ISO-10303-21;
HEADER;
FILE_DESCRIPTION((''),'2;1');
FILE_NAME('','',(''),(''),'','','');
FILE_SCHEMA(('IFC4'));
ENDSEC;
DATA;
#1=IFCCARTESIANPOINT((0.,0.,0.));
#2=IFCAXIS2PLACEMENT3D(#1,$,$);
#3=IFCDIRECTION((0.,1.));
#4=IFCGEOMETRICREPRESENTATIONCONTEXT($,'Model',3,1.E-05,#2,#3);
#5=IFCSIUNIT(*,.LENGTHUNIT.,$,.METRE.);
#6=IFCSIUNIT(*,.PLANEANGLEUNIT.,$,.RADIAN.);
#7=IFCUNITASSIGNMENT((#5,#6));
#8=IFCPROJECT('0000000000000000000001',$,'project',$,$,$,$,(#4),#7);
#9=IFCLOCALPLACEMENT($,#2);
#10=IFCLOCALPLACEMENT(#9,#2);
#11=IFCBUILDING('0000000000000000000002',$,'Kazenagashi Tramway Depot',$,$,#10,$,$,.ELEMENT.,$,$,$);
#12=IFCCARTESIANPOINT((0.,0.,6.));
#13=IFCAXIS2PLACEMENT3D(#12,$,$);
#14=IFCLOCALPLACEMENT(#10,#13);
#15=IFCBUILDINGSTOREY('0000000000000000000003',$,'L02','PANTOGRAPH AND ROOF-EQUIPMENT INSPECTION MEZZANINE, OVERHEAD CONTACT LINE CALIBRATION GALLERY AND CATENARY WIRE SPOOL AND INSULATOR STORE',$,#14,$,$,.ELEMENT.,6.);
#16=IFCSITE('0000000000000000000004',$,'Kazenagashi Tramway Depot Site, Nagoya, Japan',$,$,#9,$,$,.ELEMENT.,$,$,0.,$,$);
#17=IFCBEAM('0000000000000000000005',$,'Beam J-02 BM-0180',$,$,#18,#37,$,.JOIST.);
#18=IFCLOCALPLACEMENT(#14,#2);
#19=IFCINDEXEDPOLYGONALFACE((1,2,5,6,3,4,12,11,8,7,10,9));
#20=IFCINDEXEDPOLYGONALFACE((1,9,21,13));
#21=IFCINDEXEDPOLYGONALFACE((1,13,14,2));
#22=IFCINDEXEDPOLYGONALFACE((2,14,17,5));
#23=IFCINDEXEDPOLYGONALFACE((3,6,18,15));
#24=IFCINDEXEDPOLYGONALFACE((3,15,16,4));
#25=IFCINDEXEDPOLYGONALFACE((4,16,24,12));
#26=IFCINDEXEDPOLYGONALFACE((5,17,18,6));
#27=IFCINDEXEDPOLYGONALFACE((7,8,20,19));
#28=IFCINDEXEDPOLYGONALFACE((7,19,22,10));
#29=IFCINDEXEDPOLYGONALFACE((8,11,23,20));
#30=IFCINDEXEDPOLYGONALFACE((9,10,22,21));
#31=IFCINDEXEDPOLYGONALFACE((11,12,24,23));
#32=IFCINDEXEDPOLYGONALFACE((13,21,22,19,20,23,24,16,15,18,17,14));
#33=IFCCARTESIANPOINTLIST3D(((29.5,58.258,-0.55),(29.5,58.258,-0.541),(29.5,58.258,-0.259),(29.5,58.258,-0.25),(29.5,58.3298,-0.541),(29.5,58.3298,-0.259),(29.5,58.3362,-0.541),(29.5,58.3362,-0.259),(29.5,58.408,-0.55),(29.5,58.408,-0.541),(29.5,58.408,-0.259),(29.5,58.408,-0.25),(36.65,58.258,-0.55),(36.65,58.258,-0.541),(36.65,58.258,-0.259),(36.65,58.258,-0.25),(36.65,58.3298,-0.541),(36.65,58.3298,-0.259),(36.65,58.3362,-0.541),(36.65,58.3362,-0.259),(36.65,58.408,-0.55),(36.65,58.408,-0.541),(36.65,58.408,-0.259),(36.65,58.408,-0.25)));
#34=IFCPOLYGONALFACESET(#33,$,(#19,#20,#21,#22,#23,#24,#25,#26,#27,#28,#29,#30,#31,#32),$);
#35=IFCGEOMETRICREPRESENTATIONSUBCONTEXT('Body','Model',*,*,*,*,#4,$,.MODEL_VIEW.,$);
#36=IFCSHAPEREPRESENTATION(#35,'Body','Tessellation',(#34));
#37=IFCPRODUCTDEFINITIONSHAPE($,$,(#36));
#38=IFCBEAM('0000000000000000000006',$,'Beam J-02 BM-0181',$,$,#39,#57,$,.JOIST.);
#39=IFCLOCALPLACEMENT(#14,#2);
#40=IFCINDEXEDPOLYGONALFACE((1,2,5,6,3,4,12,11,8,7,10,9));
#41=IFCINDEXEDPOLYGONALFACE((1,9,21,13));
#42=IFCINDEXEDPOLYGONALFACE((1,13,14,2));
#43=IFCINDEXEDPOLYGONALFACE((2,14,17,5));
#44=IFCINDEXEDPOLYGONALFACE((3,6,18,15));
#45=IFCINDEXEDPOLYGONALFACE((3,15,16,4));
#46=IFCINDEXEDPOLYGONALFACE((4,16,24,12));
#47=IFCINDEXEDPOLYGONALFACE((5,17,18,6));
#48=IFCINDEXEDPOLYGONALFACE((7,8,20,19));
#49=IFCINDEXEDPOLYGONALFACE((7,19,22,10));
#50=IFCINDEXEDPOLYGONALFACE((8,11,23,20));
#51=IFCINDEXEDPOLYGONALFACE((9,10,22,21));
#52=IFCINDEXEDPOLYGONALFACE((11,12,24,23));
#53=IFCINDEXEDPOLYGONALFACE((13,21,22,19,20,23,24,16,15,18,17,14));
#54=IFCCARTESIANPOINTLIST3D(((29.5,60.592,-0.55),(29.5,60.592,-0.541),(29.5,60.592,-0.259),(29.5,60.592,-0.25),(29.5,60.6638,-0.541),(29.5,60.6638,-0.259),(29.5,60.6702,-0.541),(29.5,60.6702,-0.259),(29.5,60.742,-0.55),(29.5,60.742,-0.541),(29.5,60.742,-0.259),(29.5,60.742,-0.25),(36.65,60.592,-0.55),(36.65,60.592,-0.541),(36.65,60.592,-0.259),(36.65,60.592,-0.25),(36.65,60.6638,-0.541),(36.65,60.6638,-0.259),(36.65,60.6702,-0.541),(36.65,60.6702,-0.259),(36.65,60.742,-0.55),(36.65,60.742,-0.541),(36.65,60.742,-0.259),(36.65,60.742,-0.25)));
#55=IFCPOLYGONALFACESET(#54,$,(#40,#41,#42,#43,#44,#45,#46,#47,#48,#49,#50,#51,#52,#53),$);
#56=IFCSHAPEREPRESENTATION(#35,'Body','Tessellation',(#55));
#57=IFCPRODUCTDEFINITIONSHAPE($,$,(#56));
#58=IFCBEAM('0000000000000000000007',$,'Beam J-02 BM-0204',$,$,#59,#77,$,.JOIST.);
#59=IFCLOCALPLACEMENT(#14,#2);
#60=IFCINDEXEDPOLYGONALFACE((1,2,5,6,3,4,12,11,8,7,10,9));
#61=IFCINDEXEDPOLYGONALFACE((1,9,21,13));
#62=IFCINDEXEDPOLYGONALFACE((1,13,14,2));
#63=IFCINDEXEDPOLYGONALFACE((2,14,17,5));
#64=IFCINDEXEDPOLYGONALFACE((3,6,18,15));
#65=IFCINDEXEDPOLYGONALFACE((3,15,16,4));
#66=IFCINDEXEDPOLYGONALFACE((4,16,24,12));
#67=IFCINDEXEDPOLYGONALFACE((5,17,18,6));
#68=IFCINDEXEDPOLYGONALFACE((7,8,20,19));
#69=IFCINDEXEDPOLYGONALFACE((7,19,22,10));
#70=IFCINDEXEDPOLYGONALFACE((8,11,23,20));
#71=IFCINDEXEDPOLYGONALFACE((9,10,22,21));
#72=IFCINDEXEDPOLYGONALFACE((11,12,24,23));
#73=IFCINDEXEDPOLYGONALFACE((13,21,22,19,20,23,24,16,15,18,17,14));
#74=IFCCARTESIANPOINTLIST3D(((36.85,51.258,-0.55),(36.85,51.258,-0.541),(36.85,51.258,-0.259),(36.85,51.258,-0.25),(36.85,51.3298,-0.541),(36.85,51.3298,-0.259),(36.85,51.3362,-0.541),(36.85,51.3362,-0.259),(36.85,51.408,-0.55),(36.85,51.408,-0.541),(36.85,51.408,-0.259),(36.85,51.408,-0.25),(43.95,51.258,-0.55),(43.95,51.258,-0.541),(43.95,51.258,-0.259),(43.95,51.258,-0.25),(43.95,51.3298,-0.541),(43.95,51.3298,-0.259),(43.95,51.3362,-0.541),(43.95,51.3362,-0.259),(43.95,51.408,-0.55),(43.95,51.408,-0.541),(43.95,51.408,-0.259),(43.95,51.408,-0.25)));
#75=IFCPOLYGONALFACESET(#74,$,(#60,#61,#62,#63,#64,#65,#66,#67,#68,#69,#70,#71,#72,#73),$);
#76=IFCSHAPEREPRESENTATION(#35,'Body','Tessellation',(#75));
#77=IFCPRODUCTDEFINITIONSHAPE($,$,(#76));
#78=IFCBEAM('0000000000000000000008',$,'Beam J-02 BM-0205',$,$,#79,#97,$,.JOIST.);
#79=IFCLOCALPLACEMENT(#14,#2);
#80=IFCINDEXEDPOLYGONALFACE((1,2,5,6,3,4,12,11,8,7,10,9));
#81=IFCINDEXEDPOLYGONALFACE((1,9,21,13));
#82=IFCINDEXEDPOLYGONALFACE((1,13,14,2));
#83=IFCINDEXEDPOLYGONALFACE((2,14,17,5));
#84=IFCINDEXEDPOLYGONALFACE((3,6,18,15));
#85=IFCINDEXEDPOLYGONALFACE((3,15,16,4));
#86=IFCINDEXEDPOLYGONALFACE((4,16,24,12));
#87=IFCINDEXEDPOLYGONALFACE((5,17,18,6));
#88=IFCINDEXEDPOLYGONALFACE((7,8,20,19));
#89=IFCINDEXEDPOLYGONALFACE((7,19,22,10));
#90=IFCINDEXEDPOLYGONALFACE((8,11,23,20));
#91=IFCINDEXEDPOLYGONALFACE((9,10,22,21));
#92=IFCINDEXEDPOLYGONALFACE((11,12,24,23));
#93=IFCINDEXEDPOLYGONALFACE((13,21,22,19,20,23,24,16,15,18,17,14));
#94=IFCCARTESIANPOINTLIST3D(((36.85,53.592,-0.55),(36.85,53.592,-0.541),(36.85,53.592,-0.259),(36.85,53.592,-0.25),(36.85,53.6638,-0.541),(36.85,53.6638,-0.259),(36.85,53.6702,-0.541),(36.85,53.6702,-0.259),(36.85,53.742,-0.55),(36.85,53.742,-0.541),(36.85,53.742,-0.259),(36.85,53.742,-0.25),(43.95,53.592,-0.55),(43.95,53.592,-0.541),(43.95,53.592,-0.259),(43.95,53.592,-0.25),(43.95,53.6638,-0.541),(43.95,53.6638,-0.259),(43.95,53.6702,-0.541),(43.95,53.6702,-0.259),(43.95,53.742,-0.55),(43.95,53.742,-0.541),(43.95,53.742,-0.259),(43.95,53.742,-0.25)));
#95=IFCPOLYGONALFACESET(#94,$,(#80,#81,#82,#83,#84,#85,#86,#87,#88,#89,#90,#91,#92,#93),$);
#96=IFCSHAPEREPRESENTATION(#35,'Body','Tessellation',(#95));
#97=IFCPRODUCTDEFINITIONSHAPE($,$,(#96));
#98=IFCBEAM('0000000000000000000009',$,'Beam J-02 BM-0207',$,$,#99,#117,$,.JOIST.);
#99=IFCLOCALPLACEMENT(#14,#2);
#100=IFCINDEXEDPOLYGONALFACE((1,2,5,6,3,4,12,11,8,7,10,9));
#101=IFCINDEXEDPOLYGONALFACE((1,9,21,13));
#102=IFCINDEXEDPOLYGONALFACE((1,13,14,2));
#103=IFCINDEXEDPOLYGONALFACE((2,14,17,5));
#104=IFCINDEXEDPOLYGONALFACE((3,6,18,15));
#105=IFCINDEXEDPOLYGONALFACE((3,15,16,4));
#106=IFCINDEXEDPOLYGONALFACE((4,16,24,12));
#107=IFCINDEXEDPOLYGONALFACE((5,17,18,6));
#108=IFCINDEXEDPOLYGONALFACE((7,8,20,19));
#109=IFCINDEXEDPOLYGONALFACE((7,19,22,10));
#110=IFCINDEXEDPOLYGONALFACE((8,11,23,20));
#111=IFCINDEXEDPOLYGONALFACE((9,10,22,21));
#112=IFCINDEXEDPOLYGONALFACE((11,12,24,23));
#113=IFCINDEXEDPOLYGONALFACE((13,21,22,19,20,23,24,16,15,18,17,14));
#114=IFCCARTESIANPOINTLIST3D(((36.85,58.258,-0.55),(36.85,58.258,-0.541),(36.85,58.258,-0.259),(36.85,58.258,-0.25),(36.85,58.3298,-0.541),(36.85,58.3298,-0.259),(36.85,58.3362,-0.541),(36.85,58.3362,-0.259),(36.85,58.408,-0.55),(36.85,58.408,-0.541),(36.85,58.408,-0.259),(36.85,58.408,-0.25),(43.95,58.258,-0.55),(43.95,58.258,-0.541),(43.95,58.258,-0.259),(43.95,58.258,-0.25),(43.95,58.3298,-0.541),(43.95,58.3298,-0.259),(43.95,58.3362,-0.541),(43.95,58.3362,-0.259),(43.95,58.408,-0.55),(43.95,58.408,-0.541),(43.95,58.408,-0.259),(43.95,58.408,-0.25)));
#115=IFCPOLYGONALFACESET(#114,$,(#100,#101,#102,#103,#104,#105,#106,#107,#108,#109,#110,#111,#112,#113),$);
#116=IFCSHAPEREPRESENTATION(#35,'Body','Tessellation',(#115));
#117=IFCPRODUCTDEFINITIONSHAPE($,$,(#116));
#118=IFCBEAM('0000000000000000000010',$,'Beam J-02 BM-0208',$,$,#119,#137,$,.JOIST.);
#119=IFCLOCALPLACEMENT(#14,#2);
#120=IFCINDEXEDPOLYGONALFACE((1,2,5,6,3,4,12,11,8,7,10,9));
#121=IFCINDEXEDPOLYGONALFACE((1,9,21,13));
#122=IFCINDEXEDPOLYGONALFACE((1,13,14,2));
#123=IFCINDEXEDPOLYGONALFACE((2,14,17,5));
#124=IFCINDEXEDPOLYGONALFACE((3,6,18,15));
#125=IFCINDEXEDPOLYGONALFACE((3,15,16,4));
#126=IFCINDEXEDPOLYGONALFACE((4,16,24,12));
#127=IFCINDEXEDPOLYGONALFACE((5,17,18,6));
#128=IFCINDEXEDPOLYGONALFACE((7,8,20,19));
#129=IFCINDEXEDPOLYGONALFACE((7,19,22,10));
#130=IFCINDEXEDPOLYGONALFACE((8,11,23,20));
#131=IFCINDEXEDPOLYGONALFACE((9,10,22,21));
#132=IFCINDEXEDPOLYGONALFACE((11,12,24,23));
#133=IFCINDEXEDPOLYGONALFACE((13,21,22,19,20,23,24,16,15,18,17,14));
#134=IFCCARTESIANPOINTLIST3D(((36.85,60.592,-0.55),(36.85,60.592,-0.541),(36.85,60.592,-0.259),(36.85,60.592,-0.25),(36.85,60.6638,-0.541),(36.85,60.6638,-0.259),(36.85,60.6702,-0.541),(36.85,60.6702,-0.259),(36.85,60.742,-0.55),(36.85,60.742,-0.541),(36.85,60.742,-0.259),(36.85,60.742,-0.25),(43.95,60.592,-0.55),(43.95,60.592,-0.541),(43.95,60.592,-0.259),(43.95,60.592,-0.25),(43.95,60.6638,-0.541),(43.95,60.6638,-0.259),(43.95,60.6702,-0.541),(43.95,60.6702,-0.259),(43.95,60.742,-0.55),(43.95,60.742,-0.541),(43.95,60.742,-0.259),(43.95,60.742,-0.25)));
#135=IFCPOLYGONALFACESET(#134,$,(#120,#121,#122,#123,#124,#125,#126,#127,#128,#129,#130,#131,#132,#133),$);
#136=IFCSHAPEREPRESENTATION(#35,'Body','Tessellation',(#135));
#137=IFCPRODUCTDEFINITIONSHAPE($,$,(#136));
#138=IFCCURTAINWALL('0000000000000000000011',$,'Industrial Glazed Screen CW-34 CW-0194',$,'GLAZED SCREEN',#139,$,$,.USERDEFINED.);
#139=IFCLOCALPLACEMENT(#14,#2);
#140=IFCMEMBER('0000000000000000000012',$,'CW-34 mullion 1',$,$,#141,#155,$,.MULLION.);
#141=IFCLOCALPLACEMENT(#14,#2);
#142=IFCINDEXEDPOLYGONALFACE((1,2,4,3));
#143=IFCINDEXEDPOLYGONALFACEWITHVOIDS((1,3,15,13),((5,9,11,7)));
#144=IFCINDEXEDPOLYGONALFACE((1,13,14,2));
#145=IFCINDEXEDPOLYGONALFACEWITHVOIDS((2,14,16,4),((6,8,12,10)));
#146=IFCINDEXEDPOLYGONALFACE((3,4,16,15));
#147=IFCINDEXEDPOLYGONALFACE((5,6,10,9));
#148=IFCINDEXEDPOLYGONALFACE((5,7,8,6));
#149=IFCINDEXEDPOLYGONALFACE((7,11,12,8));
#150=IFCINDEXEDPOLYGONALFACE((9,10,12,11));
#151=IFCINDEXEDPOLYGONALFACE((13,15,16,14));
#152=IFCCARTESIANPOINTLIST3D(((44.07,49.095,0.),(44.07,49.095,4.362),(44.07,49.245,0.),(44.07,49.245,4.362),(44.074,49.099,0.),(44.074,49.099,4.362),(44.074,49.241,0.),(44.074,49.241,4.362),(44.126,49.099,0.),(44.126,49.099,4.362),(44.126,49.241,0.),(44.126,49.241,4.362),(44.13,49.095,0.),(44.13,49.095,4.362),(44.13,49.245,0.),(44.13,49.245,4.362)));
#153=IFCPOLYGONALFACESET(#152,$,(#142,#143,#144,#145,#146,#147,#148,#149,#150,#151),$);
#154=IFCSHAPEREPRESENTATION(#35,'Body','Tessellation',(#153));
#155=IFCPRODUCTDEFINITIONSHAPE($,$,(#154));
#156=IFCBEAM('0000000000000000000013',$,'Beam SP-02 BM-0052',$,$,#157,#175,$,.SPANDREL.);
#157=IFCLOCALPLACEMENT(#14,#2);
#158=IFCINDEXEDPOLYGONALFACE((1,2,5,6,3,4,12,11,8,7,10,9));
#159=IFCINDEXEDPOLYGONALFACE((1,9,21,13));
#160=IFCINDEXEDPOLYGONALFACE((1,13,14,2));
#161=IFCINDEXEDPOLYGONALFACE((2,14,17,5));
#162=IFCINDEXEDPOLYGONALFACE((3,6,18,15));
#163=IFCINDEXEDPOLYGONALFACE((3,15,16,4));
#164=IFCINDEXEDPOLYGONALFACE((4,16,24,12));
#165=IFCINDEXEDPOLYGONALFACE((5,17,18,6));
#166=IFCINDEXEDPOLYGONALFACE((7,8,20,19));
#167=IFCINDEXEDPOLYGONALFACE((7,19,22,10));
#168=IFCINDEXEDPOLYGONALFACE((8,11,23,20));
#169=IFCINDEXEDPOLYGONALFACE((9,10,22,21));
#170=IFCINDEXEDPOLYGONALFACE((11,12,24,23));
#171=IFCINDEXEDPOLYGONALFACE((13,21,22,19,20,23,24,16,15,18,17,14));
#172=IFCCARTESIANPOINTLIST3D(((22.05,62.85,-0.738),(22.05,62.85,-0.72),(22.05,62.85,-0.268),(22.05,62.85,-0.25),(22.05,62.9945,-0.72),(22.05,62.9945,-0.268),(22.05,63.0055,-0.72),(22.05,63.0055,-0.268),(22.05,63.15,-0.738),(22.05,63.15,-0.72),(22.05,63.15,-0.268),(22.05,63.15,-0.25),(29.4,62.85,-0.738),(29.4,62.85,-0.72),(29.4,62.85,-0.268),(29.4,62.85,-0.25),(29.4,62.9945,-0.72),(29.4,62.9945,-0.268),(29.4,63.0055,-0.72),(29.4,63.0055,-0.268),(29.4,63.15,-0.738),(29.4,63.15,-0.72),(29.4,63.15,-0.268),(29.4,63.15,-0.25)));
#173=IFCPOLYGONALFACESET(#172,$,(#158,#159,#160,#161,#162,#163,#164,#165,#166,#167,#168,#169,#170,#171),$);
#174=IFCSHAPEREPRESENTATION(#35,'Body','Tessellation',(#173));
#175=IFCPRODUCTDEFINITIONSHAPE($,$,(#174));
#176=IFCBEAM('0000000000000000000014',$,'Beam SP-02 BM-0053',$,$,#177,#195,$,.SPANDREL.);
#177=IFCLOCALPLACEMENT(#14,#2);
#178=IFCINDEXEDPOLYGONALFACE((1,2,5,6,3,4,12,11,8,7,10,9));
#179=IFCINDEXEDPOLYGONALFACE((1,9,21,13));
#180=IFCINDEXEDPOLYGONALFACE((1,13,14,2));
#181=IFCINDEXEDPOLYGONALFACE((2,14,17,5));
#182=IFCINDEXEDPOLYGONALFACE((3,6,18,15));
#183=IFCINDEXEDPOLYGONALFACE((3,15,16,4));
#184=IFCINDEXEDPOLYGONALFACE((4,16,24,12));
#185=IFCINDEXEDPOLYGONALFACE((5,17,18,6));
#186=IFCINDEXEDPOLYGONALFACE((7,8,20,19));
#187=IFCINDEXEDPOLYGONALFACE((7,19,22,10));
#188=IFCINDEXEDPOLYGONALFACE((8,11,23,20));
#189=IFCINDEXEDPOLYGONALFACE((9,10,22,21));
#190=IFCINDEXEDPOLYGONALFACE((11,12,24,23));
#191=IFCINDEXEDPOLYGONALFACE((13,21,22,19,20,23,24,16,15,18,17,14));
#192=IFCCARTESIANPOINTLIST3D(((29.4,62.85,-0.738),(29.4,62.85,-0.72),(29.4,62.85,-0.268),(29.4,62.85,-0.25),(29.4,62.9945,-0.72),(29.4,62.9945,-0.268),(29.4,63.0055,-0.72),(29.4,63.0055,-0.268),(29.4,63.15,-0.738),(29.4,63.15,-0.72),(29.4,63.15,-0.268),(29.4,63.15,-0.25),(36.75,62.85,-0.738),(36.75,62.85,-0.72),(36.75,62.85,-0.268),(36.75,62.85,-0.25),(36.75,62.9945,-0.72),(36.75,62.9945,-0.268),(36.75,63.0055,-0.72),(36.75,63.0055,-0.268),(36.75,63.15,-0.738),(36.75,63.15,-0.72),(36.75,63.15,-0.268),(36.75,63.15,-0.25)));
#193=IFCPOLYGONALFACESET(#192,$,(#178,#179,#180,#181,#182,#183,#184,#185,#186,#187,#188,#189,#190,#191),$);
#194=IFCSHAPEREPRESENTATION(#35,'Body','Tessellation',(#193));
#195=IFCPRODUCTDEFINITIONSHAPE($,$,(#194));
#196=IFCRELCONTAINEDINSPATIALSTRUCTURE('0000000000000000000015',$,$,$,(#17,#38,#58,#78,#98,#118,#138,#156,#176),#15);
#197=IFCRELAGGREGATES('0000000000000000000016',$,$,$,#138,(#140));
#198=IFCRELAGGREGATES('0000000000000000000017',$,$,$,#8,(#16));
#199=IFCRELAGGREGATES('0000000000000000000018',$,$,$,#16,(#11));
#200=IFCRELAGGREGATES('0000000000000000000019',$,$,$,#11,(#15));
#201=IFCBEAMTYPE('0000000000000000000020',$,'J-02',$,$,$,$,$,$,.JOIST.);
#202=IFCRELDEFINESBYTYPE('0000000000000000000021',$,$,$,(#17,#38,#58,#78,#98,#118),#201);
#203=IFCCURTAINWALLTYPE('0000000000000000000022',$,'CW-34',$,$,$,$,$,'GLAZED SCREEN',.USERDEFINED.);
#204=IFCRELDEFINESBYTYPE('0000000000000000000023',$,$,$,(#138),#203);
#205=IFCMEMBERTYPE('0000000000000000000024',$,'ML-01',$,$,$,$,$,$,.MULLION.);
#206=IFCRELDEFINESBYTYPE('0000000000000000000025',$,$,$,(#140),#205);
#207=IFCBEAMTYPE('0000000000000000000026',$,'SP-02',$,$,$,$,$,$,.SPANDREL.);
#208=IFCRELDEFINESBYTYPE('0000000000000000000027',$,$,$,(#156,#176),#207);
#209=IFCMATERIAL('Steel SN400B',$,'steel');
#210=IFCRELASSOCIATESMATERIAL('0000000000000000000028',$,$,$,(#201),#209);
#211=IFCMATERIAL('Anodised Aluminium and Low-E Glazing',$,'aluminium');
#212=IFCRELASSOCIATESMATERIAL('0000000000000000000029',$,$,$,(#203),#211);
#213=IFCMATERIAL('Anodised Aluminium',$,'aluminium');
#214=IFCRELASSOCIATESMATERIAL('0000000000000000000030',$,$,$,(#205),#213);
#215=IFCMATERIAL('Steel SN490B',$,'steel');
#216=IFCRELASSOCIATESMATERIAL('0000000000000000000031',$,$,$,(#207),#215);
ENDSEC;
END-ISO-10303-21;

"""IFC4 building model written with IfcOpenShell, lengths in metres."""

from ifc_helpers import new_model, si_unit, direction, frame, origin, origin_2d, place, context, subcontext, project, spatial, hollow_rectangle, i_section, extrude, material, material_profile, profile_set, type_object, element, aggregate, save


model = new_model("IFC4")

# Units and contexts
model_context = context("Model", 3, precision=1e-05, world=origin(), true_north=direction((0.0, 1.0)))
body_context = subcontext(model_context, "Body", "Model", "MODEL_VIEW")
ifc_project = project(units=[si_unit("LENGTHUNIT", "METRE"), si_unit("PLANEANGLEUNIT", "RADIAN")], contexts=[model_context])

# Site, building, storey
site_placement = place(None, origin())
site = spatial("IfcSite", under=ifc_project, at=site_placement, Name="Kazenagashi Tramway Depot Site, Nagoya, Japan", CompositionType="ELEMENT", RefElevation=0.0)
building_placement = place(site_placement, origin())
building = spatial("IfcBuilding", under=site, at=building_placement, Name="Kazenagashi Tramway Depot", CompositionType="ELEMENT")
storey_placement = place(building_placement, frame((0.0, 0.0, 6.0)))
storey = spatial("IfcBuildingStorey", under=building, at=storey_placement, Name="L02", Description="PANTOGRAPH AND ROOF-EQUIPMENT INSPECTION MEZZANINE, OVERHEAD CONTACT LINE CALIBRATION GALLERY AND CATENARY WIRE SPOOL AND INSULATOR STORE", CompositionType="ELEMENT", Elevation=6.0)

# Shared definitions
ifc_material_1 = material(Name="Steel SN490B", Category="steel")

# Beams
ifc_material_2 = material(Name="Steel SN400B", Category="steel")
ifc_material_profile_1 = material_profile(ifc_material_2, i_section(OverallWidth=0.15, OverallDepth=0.3, WebThickness=0.0065, FlangeThickness=0.009, at=origin_2d()), Name="H-300x150x6.5x9")
ifc_profile_set_1 = profile_set([ifc_material_profile_1], Name="Steel SN400B")
beam_type_1 = type_object("IfcBeamType", Name="J-02", PredefinedType="JOIST", material=ifc_profile_set_1)
for number, where, z_axis, x_axis, name in (
    (1, (29.5, 58.333, -0.4), (1.0, 0.0, 0.0), (0.0, 1.0, 0.0), "Beam J-02 BM-0180"),
    (2, (29.5, 60.667, -0.4), (1.0, 0.0, 0.0), (0.0, 1.0, 0.0), "Beam J-02 BM-0181"),
):
    element("IfcBeam", number, at=place(storey_placement, frame(where, z_axis=z_axis, x_axis=x_axis)), inside=storey, type_object=beam_type_1, Name=name, PredefinedType="JOIST", context=body_context, shape_type="SweptSolid", body=[
        extrude(i_section(OverallWidth=0.15, OverallDepth=0.3, WebThickness=0.0065, FlangeThickness=0.009, at=origin_2d()), origin(), (0.0, 0.0, 1.0), 7.15),
    ])
for number, where, z_axis, x_axis, name in (
    (3, (36.85, 51.333, -0.4), (1.0, 0.0, 0.0), (0.0, 1.0, 0.0), "Beam J-02 BM-0204"),
    (4, (36.85, 53.667, -0.4), (1.0, 0.0, 0.0), (0.0, 1.0, 0.0), "Beam J-02 BM-0205"),
    (5, (36.85, 58.333, -0.4), (1.0, 0.0, 0.0), (0.0, 1.0, 0.0), "Beam J-02 BM-0207"),
    (6, (36.85, 60.667, -0.4), (1.0, 0.0, 0.0), (0.0, 1.0, 0.0), "Beam J-02 BM-0208"),
):
    element("IfcBeam", number, at=place(storey_placement, frame(where, z_axis=z_axis, x_axis=x_axis)), inside=storey, type_object=beam_type_1, Name=name, PredefinedType="JOIST", context=body_context, shape_type="SweptSolid", body=[
        extrude(i_section(OverallWidth=0.15, OverallDepth=0.3, WebThickness=0.0065, FlangeThickness=0.009, at=origin_2d()), origin(), (0.0, 0.0, 1.0), 7.1),
    ])

# Curtain wall, member
ifc_material_3 = material(Name="Anodised Aluminium and Low-E Glazing", Category="aluminium")
curtain_wall_type = type_object("IfcCurtainWallType", Name="CW-34", ElementType="GLAZED SCREEN", PredefinedType="USERDEFINED", material=ifc_material_3)
curtain_wall_placement = place(storey_placement, origin())
curtain_wall = element("IfcCurtainWall", 7, at=curtain_wall_placement, inside=storey, type_object=curtain_wall_type, Name="Industrial Glazed Screen CW-34 CW-0194", ObjectType="GLAZED SCREEN", PredefinedType="USERDEFINED")
ifc_material_4 = material(Name="Anodised Aluminium", Category="aluminium")
ifc_material_profile_2 = material_profile(ifc_material_4, hollow_rectangle(XDim=0.06, YDim=0.15, WallThickness=0.004, at=origin_2d()), Name="RHS-150x60x4")
ifc_profile_set_2 = profile_set([ifc_material_profile_2], Name="Anodised Aluminium")
member_type = type_object("IfcMemberType", Name="ML-01", PredefinedType="MULLION", material=ifc_profile_set_2)
member_placement = place(storey_placement, frame((44.1, 49.17, 0.0), z_axis=(0.0, 0.0, 1.0), x_axis=(-1.0, 0.0, 0.0)))
member = element("IfcMember", 8, at=member_placement, type_object=member_type, Name="CW-34 mullion 1", PredefinedType="MULLION", context=body_context, shape_type="SweptSolid", body=[
    extrude(hollow_rectangle(XDim=0.06, YDim=0.15, WallThickness=0.004, at=origin_2d()), origin(), (0.0, 0.0, 1.0), 4.362),
])
aggregate(curtain_wall, [member])

# Beams
ifc_material_profile_3 = material_profile(ifc_material_1, i_section(OverallWidth=0.3, OverallDepth=0.488, WebThickness=0.011, FlangeThickness=0.018, at=origin_2d()), Name="H-488x300x11x18")
ifc_profile_set_3 = profile_set([ifc_material_profile_3], Name="Steel SN490B")
beam_type_2 = type_object("IfcBeamType", Name="SP-02", PredefinedType="SPANDREL", material=ifc_profile_set_3)
for number, where, z_axis, x_axis, name in (
    (9, (22.05, 63.0, -0.494), (1.0, 0.0, 0.0), (0.0, 1.0, 0.0), "Beam SP-02 BM-0052"),
    (10, (29.4, 63.0, -0.494), (1.0, 0.0, 0.0), (0.0, 1.0, 0.0), "Beam SP-02 BM-0053"),
):
    element("IfcBeam", number, at=place(storey_placement, frame(where, z_axis=z_axis, x_axis=x_axis)), inside=storey, type_object=beam_type_2, Name=name, PredefinedType="SPANDREL", context=body_context, shape_type="SweptSolid", body=[
        extrude(i_section(OverallWidth=0.3, OverallDepth=0.488, WebThickness=0.011, FlangeThickness=0.018, at=origin_2d()), origin(), (0.0, 0.0, 1.0), 7.35),
    ])

save(model, "model.ifc")
